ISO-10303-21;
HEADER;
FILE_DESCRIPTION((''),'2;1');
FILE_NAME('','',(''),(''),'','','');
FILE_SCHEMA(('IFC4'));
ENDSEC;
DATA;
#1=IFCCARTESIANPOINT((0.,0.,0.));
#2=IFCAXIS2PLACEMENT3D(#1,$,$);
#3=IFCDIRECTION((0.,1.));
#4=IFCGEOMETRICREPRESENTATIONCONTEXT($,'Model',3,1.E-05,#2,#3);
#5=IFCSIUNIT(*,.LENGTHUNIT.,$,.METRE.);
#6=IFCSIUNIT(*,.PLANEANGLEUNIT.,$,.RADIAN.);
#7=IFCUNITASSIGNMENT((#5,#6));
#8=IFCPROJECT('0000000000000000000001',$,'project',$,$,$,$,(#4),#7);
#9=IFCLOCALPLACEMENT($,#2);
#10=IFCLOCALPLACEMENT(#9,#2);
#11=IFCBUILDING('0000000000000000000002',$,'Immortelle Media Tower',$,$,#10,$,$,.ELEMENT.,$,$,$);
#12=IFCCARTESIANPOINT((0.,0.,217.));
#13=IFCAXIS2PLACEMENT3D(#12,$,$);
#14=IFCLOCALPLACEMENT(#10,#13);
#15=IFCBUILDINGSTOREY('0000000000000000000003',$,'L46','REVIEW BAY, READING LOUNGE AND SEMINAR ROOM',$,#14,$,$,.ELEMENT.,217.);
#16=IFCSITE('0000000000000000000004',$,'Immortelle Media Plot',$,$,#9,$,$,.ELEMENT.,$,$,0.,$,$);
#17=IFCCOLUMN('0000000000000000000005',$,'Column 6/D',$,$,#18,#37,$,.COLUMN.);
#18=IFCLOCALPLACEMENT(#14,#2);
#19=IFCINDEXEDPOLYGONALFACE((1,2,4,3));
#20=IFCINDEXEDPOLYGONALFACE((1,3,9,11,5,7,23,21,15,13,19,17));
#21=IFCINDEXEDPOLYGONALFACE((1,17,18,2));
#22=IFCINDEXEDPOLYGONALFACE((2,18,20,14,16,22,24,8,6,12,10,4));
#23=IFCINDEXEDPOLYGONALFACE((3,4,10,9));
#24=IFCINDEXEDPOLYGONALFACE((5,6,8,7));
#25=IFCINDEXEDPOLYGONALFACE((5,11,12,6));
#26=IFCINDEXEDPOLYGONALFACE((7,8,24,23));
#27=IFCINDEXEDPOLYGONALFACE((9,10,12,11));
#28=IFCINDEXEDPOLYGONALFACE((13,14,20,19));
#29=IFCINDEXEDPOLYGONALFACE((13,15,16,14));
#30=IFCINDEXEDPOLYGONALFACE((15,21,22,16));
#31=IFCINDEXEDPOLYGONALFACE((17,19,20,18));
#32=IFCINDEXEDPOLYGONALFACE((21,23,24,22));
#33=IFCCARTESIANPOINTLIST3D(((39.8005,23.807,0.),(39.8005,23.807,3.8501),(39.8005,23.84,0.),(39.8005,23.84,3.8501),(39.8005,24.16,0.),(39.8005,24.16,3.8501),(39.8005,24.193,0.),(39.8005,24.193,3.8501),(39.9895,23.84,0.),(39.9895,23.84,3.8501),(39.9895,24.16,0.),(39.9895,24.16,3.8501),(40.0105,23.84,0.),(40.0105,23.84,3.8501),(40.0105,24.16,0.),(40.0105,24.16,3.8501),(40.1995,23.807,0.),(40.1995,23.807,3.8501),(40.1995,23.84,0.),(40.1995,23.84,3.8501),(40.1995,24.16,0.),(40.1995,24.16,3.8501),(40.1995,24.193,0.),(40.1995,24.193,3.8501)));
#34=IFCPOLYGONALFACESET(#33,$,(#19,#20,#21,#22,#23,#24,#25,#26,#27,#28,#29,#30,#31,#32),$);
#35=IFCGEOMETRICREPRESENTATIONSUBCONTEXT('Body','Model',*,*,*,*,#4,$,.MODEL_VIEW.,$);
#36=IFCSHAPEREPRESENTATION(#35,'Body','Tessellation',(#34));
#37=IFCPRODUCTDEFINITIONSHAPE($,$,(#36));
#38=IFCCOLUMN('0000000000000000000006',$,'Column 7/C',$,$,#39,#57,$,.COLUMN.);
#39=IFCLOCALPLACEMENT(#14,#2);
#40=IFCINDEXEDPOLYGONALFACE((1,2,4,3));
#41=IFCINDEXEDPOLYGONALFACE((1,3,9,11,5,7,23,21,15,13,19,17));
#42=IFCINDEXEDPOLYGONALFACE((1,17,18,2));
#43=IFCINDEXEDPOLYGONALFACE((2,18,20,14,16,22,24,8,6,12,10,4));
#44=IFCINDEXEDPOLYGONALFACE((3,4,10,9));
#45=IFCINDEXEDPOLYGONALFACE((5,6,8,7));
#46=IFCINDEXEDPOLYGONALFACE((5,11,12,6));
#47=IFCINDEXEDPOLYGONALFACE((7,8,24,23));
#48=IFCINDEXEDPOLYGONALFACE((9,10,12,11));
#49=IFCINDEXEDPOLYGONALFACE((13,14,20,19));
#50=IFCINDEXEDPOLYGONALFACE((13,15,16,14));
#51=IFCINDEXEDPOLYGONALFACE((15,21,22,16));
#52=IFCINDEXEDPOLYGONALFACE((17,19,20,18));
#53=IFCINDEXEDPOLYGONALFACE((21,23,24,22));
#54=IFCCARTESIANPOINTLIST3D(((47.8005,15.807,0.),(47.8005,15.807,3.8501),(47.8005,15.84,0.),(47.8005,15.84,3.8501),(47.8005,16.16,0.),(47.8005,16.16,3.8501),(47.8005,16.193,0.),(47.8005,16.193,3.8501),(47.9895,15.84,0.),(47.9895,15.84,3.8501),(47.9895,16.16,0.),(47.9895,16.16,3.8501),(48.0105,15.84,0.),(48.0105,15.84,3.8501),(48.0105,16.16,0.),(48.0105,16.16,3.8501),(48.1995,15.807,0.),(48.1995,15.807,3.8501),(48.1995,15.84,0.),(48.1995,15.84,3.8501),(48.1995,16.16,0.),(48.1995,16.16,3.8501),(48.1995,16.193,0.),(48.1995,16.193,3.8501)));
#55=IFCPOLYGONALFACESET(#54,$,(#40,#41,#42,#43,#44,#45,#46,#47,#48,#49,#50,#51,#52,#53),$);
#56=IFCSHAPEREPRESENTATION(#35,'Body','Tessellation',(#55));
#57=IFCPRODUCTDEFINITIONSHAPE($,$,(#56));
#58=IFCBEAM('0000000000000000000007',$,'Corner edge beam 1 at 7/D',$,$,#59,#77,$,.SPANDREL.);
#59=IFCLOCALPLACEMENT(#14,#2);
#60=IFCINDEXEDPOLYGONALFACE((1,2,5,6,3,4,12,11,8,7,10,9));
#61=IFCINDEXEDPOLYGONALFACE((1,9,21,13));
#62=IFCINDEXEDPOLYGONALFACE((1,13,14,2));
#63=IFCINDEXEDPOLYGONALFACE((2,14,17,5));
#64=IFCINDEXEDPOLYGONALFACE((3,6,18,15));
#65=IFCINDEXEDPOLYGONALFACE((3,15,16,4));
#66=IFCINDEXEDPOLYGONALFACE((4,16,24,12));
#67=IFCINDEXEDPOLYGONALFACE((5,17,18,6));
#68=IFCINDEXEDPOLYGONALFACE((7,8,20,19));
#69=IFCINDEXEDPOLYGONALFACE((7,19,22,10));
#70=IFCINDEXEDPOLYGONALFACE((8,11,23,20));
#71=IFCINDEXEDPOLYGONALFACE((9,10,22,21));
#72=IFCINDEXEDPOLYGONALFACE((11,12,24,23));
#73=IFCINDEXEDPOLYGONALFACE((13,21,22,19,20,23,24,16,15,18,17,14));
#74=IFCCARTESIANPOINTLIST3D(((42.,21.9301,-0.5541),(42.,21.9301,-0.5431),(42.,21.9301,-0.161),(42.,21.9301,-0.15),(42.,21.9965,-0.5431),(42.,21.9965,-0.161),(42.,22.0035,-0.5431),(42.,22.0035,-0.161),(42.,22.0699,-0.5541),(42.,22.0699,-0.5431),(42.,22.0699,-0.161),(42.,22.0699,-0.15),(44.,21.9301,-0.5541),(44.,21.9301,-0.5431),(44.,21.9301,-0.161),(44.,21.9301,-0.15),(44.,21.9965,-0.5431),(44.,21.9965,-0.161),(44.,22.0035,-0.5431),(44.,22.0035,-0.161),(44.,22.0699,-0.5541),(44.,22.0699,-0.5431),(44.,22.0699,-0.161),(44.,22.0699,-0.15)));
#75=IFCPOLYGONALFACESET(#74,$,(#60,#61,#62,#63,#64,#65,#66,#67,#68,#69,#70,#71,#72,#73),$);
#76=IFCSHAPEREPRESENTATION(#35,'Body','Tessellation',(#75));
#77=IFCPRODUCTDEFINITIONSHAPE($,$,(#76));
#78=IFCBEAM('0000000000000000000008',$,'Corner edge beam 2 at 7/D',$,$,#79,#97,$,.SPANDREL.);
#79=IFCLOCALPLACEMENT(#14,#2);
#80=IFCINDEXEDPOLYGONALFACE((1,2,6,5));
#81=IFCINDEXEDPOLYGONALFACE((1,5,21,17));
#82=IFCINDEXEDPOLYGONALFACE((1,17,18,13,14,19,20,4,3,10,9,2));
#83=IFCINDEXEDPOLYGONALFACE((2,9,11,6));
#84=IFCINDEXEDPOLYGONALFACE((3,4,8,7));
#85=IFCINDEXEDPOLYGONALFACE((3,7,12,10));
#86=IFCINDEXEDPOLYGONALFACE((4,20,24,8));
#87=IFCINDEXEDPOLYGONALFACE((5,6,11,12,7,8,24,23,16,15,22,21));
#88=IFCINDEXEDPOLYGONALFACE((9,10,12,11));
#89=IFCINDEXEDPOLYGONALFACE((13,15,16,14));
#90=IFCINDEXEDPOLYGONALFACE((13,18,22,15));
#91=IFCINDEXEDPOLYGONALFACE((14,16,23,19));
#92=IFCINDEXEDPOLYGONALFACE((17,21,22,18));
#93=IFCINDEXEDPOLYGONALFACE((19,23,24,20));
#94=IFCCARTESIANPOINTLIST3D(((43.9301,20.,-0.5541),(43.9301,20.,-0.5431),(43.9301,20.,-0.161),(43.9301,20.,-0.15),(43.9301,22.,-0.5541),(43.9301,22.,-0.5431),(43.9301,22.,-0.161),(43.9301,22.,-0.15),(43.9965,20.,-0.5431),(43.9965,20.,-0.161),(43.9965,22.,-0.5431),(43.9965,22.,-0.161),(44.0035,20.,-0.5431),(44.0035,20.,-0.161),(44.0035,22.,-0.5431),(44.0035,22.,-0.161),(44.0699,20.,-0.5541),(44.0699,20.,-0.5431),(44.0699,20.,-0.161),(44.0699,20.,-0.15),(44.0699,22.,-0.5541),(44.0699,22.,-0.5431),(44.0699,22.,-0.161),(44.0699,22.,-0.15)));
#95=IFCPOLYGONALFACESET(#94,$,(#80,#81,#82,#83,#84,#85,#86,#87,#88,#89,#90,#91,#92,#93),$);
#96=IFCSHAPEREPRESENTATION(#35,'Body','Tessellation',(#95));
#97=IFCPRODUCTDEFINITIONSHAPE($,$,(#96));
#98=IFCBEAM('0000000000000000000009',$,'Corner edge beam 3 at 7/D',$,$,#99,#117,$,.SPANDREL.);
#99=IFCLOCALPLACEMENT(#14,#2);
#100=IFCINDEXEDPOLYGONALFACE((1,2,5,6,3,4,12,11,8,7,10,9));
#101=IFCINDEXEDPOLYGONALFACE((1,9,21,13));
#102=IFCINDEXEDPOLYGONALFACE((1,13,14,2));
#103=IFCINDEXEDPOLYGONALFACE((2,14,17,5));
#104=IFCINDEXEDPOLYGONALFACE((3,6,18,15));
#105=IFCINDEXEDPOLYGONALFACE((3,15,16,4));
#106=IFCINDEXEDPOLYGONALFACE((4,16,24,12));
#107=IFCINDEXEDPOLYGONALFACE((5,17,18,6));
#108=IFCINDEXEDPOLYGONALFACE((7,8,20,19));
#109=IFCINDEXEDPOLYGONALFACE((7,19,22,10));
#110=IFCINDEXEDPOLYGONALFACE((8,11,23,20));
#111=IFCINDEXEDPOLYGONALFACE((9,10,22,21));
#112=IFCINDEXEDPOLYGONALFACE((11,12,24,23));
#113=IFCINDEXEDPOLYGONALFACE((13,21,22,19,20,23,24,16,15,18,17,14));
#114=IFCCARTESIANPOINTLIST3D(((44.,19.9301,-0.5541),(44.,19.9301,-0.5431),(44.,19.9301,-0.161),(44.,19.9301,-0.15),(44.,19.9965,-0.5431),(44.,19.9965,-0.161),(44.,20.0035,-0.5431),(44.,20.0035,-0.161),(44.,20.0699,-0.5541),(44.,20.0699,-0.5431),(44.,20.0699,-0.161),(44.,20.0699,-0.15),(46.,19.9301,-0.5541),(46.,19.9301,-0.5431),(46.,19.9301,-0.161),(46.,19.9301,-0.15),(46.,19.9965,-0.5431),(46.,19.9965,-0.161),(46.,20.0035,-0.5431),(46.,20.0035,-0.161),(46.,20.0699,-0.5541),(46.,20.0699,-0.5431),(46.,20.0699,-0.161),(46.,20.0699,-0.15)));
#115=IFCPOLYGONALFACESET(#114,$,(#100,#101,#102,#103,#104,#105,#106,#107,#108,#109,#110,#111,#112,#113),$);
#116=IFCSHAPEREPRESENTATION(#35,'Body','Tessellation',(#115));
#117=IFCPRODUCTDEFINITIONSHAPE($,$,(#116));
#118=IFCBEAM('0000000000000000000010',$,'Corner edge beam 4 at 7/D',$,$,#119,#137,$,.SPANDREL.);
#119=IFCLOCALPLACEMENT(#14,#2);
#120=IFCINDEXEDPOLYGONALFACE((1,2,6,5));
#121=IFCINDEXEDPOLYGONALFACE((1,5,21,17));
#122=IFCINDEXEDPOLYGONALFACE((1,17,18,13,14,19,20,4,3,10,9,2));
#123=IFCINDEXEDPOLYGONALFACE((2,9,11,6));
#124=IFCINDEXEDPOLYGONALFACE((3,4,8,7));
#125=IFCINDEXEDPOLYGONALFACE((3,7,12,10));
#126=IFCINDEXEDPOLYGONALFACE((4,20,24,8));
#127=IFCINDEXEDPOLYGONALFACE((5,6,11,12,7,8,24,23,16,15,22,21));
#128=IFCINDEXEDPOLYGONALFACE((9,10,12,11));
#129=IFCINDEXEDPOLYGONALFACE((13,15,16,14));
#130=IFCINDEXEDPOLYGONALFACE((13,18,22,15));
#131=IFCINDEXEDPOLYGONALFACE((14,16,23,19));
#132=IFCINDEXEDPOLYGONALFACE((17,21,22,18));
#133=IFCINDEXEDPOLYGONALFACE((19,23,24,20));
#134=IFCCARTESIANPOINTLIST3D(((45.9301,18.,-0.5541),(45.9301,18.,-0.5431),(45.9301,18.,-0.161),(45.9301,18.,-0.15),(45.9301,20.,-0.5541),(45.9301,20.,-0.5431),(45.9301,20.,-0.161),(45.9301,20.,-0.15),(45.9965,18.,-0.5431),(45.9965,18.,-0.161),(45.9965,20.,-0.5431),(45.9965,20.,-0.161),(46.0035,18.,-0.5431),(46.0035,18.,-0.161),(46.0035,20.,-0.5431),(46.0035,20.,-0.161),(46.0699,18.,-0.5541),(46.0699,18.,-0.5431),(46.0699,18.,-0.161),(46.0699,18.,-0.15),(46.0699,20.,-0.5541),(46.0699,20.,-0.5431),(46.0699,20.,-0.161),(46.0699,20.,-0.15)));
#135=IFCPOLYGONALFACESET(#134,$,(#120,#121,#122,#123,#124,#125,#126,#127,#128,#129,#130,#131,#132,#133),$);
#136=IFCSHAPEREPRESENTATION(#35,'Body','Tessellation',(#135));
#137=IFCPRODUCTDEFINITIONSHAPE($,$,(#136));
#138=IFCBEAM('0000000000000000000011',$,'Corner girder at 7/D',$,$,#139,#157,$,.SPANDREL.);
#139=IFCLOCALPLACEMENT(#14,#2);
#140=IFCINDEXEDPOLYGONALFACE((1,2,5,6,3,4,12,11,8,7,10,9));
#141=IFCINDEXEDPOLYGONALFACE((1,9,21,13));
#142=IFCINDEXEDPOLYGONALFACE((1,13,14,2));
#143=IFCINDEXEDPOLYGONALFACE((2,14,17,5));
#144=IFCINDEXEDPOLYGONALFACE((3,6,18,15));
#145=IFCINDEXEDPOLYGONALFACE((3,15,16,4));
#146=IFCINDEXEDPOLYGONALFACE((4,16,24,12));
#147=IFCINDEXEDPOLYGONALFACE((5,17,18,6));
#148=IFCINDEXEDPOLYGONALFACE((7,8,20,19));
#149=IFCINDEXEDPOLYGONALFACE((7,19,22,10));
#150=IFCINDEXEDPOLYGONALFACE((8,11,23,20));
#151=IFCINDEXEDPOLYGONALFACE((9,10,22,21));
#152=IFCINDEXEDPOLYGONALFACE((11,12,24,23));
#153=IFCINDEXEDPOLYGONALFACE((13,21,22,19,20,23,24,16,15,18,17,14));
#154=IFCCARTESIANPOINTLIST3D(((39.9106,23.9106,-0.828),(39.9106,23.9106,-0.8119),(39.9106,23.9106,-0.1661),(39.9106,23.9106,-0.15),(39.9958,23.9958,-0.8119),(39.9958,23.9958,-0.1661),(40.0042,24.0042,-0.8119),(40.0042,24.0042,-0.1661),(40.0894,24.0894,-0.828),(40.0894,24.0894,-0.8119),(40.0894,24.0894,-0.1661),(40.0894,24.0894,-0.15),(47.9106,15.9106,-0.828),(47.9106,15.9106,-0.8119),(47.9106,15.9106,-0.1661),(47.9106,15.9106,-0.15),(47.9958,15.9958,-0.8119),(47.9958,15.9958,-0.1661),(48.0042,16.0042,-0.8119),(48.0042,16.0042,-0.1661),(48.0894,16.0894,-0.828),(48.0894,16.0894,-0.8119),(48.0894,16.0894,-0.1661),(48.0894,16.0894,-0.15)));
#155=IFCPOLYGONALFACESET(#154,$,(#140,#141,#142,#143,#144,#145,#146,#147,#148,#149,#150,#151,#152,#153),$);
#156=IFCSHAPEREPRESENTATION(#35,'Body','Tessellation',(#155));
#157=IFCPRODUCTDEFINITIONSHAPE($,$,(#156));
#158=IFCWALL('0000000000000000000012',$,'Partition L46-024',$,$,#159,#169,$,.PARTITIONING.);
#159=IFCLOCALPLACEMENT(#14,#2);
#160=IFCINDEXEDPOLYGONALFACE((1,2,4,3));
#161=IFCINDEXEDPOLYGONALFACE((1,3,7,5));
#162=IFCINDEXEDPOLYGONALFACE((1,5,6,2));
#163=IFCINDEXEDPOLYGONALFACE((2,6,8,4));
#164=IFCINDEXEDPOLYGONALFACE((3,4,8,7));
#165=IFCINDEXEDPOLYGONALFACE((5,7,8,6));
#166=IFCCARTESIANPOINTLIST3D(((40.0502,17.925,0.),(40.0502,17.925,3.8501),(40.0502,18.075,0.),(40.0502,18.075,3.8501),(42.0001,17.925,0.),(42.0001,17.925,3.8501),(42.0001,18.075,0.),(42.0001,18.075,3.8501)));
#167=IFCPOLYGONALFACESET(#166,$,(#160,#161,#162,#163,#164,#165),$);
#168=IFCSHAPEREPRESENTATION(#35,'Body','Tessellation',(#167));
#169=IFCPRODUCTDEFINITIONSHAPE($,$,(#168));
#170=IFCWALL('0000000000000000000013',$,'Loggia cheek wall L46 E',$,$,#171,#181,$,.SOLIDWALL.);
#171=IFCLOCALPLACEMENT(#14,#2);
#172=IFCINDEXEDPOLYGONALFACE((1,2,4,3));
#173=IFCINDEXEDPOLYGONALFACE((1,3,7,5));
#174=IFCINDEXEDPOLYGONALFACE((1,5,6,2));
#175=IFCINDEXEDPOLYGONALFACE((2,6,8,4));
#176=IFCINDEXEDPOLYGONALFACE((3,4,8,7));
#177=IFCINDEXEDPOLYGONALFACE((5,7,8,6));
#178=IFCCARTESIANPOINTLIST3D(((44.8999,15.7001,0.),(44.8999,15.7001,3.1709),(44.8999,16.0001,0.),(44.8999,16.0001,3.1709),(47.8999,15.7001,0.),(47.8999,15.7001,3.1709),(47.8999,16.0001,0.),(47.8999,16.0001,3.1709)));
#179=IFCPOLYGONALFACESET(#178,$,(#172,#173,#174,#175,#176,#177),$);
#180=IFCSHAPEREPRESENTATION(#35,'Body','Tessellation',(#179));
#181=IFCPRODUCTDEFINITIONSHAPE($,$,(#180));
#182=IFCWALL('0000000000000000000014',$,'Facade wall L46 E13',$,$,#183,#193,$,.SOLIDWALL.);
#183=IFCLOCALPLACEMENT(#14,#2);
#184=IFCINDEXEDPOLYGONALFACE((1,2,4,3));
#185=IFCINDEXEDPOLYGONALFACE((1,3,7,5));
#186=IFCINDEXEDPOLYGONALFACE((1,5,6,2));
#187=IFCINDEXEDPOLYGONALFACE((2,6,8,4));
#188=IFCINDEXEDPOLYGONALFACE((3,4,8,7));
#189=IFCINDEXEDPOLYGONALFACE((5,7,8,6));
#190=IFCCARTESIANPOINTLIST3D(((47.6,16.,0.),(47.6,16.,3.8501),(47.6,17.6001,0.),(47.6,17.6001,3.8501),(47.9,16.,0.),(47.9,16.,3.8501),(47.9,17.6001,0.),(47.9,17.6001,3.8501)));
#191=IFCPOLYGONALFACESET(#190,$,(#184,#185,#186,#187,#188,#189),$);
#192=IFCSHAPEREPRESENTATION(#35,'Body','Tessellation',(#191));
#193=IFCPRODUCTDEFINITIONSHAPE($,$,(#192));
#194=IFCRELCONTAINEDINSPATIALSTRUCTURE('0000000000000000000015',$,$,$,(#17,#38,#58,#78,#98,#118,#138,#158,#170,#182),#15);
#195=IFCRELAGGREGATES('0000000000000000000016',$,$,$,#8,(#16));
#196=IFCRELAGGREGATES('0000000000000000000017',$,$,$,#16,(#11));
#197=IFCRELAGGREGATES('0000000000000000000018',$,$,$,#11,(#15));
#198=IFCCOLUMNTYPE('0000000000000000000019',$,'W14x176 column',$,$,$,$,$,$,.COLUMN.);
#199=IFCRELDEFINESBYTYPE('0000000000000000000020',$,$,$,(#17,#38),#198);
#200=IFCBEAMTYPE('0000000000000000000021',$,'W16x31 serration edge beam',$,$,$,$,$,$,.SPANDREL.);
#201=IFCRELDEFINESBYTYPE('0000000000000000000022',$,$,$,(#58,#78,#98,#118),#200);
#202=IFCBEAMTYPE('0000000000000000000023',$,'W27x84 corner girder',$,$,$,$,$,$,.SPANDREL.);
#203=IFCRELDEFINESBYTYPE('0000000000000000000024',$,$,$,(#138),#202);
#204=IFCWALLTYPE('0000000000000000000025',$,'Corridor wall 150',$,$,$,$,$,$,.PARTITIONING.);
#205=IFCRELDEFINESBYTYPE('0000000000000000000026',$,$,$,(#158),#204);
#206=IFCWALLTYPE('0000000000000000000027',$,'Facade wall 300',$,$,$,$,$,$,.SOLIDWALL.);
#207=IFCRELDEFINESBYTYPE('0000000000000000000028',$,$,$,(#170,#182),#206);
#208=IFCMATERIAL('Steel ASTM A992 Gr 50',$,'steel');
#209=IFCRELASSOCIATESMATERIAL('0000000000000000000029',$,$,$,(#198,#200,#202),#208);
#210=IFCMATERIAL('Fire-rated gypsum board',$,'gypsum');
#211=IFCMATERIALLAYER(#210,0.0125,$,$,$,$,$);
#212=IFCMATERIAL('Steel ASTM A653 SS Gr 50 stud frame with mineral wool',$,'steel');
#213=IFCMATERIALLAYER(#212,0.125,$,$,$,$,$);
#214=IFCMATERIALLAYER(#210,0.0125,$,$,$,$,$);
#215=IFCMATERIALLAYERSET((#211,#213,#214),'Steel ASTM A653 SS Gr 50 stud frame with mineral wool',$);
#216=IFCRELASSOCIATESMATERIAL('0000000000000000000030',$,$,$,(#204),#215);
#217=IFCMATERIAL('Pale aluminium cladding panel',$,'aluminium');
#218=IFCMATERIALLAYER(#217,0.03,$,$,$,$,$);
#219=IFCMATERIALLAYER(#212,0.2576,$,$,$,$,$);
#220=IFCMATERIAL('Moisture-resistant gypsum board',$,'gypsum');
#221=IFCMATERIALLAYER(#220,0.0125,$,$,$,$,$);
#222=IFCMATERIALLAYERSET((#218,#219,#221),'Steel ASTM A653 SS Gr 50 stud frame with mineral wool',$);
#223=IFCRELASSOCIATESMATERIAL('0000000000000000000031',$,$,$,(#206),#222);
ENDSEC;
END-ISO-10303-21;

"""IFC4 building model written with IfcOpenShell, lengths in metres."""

from ifc_helpers import new_model, si_unit, direction, frame, frame_2d, origin, origin_2d, place, context, subcontext, project, spatial, rectangle, i_section, extrude, material, layer, layer_set, material_profile, profile_set, type_object, element, save


model = new_model("IFC4")

# Units and contexts
model_context = context("Model", 3, precision=1e-05, world=origin(), true_north=direction((0.0, 1.0)))
body_context = subcontext(model_context, "Body", "Model", "MODEL_VIEW")
ifc_project = project(units=[si_unit("LENGTHUNIT", "METRE"), si_unit("PLANEANGLEUNIT", "RADIAN")], contexts=[model_context])

# Site, building, storey
site_placement = place(None, origin())
site = spatial("IfcSite", under=ifc_project, at=site_placement, Name="Immortelle Media Plot", CompositionType="ELEMENT", RefElevation=0.0)
building_placement = place(site_placement, origin())
building = spatial("IfcBuilding", under=site, at=building_placement, Name="Immortelle Media Tower", CompositionType="ELEMENT")
storey_placement = place(building_placement, frame((0.0, 0.0, 217.0)))
storey = spatial("IfcBuildingStorey", under=building, at=storey_placement, Name="L46", Description="REVIEW BAY, READING LOUNGE AND SEMINAR ROOM", CompositionType="ELEMENT", Elevation=217.0)

# Columns
ifc_material_1 = material(Name="Steel ASTM A992 Gr 50", Category="steel")
ifc_material_profile_1 = material_profile(ifc_material_1, i_section(OverallWidth=0.3989, OverallDepth=0.386, WebThickness=0.021, FlangeThickness=0.033, at=origin_2d()), Name="W14x176")
ifc_profile_set_1 = profile_set([ifc_material_profile_1], Name="Steel ASTM A992 Gr 50")
column_type = type_object("IfcColumnType", Name="W14x176 column", PredefinedType="COLUMN", material=ifc_profile_set_1)
for number, where, z_axis, x_axis, name in (
    (1, (40.0, 24.0, 0.0), (0.0, 0.0, 1.0), (1.0, 0.0, 0.0), "Column 6/D"),
    (2, (48.0, 16.0, 0.0), (0.0, 0.0, 1.0), (1.0, 0.0, 0.0), "Column 7/C"),
):
    element("IfcColumn", number, at=place(storey_placement, frame(where, z_axis=z_axis, x_axis=x_axis)), inside=storey, type_object=column_type, Name=name, PredefinedType="COLUMN", context=body_context, shape_type="SweptSolid", body=[
        extrude(i_section(OverallWidth=0.3989, OverallDepth=0.386, WebThickness=0.021, FlangeThickness=0.033, at=origin_2d()), origin(), (0.0, 0.0, 1.0), 3.8501),
    ])

# Beams
ifc_material_profile_2 = material_profile(ifc_material_1, i_section(OverallWidth=0.1399, OverallDepth=0.4041, WebThickness=0.0071, FlangeThickness=0.011, at=origin_2d()), Name="W16x31")
ifc_profile_set_2 = profile_set([ifc_material_profile_2], Name="Steel ASTM A992 Gr 50")
beam_type_1 = type_object("IfcBeamType", Name="W16x31 serration edge beam", PredefinedType="SPANDREL", material=ifc_profile_set_2)
for number, where, z_axis, x_axis, name in (
    (3, (42.0, 22.0, -0.3521), (1.0, 0.0, 0.0), (0.0, 1.0, 0.0), "Corner edge beam 1 at 7/D"),
    (4, (44.0, 22.0, -0.3521), (0.0, -1.0, 0.0), (1.0, 0.0, 0.0), "Corner edge beam 2 at 7/D"),
    (5, (44.0, 20.0, -0.3521), (1.0, 0.0, 0.0), (0.0, 1.0, 0.0), "Corner edge beam 3 at 7/D"),
    (6, (46.0, 20.0, -0.3521), (0.0, -1.0, 0.0), (1.0, 0.0, 0.0), "Corner edge beam 4 at 7/D"),
):
    element("IfcBeam", number, at=place(storey_placement, frame(where, z_axis=z_axis, x_axis=x_axis)), inside=storey, type_object=beam_type_1, Name=name, PredefinedType="SPANDREL", context=body_context, shape_type="SweptSolid", body=[
        extrude(i_section(OverallWidth=0.1399, OverallDepth=0.4041, WebThickness=0.0071, FlangeThickness=0.011, at=origin_2d()), origin(), (0.0, 0.0, 1.0), 2.0),
    ])
ifc_material_profile_3 = material_profile(ifc_material_1, i_section(OverallWidth=0.2529, OverallDepth=0.678, WebThickness=0.012, FlangeThickness=0.0161, at=origin_2d()), Name="W27x84")
ifc_profile_set_3 = profile_set([ifc_material_profile_3], Name="Steel ASTM A992 Gr 50")
beam_type_2 = type_object("IfcBeamType", Name="W27x84 corner girder", PredefinedType="SPANDREL", material=ifc_profile_set_3)
beam_placement = place(storey_placement, frame((40.0, 24.0, -0.489), z_axis=(0.707107, -0.707107, 0.0), x_axis=(0.707107, 0.707107, 0.0)))
element("IfcBeam", 7, at=beam_placement, inside=storey, type_object=beam_type_2, Name="Corner girder at 7/D", PredefinedType="SPANDREL", context=body_context, shape_type="SweptSolid", body=[
    extrude(i_section(OverallWidth=0.2529, OverallDepth=0.678, WebThickness=0.012, FlangeThickness=0.0161, at=origin_2d()), origin(), (0.0, 0.0, 1.0), 11.3137),
])

# Walls
ifc_material_2 = material(Name="Fire-rated gypsum board", Category="gypsum")
ifc_layer_1 = layer(ifc_material_2, 0.0125)
ifc_material_3 = material(Name="Steel ASTM A653 SS Gr 50 stud frame with mineral wool", Category="steel")
ifc_layer_2 = layer(ifc_material_3, 0.125)
ifc_layer_3 = layer(ifc_material_2, 0.0125)
ifc_layer_set_1 = layer_set([ifc_layer_1, ifc_layer_2, ifc_layer_3], Name="Steel ASTM A653 SS Gr 50 stud frame with mineral wool")
wall_type_1 = type_object("IfcWallType", Name="Corridor wall 150", PredefinedType="PARTITIONING", material=ifc_layer_set_1)
wall_1_placement = place(storey_placement, frame((40.05, 18.0, 0.0), z_axis=(0.0, 0.0, 1.0), x_axis=(1.0, 0.0, 0.0)))
element("IfcWall", 8, at=wall_1_placement, inside=storey, type_object=wall_type_1, Name="Partition L46-024", PredefinedType="PARTITIONING", context=body_context, shape_type="SweptSolid", body=[
    extrude(rectangle(XDim=1.95, YDim=0.1499, at=frame_2d((0.9751, 0.0))), origin(), (0.0, 0.0, 1.0), 3.8501),
])
ifc_material_4 = material(Name="Pale aluminium cladding panel", Category="aluminium")
ifc_layer_4 = layer(ifc_material_4, 0.03)
ifc_layer_5 = layer(ifc_material_3, 0.2576)
ifc_material_5 = material(Name="Moisture-resistant gypsum board", Category="gypsum")
ifc_layer_6 = layer(ifc_material_5, 0.0125)
ifc_layer_set_2 = layer_set([ifc_layer_4, ifc_layer_5, ifc_layer_6], Name="Steel ASTM A653 SS Gr 50 stud frame with mineral wool")
wall_type_2 = type_object("IfcWallType", Name="Facade wall 300", PredefinedType="SOLIDWALL", material=ifc_layer_set_2)
wall_2_placement = place(storey_placement, frame((47.8999, 15.8501, 0.0), z_axis=(0.0, 0.0, 1.0), x_axis=(-1.0, 0.0, 0.0)))
element("IfcWall", 9, at=wall_2_placement, inside=storey, type_object=wall_type_2, Name="Loggia cheek wall L46 E", PredefinedType="SOLIDWALL", context=body_context, shape_type="SweptSolid", body=[
    extrude(rectangle(XDim=3.0, YDim=0.3, at=frame_2d((1.5, 0.0))), origin(), (0.0, 0.0, 1.0), 3.1709),
])
wall_3_placement = place(storey_placement, frame((47.75, 16.0, 0.0), z_axis=(0.0, 0.0, 1.0), x_axis=(0.0, 1.0, 0.0)))
element("IfcWall", 10, at=wall_3_placement, inside=storey, type_object=wall_type_2, Name="Facade wall L46 E13", PredefinedType="SOLIDWALL", context=body_context, shape_type="SweptSolid", body=[
    extrude(rectangle(XDim=1.6001, YDim=0.3, at=frame_2d((0.8, 0.0))), origin(), (0.0, 0.0, 1.0), 3.8501),
])

save(model, "model.ifc")
